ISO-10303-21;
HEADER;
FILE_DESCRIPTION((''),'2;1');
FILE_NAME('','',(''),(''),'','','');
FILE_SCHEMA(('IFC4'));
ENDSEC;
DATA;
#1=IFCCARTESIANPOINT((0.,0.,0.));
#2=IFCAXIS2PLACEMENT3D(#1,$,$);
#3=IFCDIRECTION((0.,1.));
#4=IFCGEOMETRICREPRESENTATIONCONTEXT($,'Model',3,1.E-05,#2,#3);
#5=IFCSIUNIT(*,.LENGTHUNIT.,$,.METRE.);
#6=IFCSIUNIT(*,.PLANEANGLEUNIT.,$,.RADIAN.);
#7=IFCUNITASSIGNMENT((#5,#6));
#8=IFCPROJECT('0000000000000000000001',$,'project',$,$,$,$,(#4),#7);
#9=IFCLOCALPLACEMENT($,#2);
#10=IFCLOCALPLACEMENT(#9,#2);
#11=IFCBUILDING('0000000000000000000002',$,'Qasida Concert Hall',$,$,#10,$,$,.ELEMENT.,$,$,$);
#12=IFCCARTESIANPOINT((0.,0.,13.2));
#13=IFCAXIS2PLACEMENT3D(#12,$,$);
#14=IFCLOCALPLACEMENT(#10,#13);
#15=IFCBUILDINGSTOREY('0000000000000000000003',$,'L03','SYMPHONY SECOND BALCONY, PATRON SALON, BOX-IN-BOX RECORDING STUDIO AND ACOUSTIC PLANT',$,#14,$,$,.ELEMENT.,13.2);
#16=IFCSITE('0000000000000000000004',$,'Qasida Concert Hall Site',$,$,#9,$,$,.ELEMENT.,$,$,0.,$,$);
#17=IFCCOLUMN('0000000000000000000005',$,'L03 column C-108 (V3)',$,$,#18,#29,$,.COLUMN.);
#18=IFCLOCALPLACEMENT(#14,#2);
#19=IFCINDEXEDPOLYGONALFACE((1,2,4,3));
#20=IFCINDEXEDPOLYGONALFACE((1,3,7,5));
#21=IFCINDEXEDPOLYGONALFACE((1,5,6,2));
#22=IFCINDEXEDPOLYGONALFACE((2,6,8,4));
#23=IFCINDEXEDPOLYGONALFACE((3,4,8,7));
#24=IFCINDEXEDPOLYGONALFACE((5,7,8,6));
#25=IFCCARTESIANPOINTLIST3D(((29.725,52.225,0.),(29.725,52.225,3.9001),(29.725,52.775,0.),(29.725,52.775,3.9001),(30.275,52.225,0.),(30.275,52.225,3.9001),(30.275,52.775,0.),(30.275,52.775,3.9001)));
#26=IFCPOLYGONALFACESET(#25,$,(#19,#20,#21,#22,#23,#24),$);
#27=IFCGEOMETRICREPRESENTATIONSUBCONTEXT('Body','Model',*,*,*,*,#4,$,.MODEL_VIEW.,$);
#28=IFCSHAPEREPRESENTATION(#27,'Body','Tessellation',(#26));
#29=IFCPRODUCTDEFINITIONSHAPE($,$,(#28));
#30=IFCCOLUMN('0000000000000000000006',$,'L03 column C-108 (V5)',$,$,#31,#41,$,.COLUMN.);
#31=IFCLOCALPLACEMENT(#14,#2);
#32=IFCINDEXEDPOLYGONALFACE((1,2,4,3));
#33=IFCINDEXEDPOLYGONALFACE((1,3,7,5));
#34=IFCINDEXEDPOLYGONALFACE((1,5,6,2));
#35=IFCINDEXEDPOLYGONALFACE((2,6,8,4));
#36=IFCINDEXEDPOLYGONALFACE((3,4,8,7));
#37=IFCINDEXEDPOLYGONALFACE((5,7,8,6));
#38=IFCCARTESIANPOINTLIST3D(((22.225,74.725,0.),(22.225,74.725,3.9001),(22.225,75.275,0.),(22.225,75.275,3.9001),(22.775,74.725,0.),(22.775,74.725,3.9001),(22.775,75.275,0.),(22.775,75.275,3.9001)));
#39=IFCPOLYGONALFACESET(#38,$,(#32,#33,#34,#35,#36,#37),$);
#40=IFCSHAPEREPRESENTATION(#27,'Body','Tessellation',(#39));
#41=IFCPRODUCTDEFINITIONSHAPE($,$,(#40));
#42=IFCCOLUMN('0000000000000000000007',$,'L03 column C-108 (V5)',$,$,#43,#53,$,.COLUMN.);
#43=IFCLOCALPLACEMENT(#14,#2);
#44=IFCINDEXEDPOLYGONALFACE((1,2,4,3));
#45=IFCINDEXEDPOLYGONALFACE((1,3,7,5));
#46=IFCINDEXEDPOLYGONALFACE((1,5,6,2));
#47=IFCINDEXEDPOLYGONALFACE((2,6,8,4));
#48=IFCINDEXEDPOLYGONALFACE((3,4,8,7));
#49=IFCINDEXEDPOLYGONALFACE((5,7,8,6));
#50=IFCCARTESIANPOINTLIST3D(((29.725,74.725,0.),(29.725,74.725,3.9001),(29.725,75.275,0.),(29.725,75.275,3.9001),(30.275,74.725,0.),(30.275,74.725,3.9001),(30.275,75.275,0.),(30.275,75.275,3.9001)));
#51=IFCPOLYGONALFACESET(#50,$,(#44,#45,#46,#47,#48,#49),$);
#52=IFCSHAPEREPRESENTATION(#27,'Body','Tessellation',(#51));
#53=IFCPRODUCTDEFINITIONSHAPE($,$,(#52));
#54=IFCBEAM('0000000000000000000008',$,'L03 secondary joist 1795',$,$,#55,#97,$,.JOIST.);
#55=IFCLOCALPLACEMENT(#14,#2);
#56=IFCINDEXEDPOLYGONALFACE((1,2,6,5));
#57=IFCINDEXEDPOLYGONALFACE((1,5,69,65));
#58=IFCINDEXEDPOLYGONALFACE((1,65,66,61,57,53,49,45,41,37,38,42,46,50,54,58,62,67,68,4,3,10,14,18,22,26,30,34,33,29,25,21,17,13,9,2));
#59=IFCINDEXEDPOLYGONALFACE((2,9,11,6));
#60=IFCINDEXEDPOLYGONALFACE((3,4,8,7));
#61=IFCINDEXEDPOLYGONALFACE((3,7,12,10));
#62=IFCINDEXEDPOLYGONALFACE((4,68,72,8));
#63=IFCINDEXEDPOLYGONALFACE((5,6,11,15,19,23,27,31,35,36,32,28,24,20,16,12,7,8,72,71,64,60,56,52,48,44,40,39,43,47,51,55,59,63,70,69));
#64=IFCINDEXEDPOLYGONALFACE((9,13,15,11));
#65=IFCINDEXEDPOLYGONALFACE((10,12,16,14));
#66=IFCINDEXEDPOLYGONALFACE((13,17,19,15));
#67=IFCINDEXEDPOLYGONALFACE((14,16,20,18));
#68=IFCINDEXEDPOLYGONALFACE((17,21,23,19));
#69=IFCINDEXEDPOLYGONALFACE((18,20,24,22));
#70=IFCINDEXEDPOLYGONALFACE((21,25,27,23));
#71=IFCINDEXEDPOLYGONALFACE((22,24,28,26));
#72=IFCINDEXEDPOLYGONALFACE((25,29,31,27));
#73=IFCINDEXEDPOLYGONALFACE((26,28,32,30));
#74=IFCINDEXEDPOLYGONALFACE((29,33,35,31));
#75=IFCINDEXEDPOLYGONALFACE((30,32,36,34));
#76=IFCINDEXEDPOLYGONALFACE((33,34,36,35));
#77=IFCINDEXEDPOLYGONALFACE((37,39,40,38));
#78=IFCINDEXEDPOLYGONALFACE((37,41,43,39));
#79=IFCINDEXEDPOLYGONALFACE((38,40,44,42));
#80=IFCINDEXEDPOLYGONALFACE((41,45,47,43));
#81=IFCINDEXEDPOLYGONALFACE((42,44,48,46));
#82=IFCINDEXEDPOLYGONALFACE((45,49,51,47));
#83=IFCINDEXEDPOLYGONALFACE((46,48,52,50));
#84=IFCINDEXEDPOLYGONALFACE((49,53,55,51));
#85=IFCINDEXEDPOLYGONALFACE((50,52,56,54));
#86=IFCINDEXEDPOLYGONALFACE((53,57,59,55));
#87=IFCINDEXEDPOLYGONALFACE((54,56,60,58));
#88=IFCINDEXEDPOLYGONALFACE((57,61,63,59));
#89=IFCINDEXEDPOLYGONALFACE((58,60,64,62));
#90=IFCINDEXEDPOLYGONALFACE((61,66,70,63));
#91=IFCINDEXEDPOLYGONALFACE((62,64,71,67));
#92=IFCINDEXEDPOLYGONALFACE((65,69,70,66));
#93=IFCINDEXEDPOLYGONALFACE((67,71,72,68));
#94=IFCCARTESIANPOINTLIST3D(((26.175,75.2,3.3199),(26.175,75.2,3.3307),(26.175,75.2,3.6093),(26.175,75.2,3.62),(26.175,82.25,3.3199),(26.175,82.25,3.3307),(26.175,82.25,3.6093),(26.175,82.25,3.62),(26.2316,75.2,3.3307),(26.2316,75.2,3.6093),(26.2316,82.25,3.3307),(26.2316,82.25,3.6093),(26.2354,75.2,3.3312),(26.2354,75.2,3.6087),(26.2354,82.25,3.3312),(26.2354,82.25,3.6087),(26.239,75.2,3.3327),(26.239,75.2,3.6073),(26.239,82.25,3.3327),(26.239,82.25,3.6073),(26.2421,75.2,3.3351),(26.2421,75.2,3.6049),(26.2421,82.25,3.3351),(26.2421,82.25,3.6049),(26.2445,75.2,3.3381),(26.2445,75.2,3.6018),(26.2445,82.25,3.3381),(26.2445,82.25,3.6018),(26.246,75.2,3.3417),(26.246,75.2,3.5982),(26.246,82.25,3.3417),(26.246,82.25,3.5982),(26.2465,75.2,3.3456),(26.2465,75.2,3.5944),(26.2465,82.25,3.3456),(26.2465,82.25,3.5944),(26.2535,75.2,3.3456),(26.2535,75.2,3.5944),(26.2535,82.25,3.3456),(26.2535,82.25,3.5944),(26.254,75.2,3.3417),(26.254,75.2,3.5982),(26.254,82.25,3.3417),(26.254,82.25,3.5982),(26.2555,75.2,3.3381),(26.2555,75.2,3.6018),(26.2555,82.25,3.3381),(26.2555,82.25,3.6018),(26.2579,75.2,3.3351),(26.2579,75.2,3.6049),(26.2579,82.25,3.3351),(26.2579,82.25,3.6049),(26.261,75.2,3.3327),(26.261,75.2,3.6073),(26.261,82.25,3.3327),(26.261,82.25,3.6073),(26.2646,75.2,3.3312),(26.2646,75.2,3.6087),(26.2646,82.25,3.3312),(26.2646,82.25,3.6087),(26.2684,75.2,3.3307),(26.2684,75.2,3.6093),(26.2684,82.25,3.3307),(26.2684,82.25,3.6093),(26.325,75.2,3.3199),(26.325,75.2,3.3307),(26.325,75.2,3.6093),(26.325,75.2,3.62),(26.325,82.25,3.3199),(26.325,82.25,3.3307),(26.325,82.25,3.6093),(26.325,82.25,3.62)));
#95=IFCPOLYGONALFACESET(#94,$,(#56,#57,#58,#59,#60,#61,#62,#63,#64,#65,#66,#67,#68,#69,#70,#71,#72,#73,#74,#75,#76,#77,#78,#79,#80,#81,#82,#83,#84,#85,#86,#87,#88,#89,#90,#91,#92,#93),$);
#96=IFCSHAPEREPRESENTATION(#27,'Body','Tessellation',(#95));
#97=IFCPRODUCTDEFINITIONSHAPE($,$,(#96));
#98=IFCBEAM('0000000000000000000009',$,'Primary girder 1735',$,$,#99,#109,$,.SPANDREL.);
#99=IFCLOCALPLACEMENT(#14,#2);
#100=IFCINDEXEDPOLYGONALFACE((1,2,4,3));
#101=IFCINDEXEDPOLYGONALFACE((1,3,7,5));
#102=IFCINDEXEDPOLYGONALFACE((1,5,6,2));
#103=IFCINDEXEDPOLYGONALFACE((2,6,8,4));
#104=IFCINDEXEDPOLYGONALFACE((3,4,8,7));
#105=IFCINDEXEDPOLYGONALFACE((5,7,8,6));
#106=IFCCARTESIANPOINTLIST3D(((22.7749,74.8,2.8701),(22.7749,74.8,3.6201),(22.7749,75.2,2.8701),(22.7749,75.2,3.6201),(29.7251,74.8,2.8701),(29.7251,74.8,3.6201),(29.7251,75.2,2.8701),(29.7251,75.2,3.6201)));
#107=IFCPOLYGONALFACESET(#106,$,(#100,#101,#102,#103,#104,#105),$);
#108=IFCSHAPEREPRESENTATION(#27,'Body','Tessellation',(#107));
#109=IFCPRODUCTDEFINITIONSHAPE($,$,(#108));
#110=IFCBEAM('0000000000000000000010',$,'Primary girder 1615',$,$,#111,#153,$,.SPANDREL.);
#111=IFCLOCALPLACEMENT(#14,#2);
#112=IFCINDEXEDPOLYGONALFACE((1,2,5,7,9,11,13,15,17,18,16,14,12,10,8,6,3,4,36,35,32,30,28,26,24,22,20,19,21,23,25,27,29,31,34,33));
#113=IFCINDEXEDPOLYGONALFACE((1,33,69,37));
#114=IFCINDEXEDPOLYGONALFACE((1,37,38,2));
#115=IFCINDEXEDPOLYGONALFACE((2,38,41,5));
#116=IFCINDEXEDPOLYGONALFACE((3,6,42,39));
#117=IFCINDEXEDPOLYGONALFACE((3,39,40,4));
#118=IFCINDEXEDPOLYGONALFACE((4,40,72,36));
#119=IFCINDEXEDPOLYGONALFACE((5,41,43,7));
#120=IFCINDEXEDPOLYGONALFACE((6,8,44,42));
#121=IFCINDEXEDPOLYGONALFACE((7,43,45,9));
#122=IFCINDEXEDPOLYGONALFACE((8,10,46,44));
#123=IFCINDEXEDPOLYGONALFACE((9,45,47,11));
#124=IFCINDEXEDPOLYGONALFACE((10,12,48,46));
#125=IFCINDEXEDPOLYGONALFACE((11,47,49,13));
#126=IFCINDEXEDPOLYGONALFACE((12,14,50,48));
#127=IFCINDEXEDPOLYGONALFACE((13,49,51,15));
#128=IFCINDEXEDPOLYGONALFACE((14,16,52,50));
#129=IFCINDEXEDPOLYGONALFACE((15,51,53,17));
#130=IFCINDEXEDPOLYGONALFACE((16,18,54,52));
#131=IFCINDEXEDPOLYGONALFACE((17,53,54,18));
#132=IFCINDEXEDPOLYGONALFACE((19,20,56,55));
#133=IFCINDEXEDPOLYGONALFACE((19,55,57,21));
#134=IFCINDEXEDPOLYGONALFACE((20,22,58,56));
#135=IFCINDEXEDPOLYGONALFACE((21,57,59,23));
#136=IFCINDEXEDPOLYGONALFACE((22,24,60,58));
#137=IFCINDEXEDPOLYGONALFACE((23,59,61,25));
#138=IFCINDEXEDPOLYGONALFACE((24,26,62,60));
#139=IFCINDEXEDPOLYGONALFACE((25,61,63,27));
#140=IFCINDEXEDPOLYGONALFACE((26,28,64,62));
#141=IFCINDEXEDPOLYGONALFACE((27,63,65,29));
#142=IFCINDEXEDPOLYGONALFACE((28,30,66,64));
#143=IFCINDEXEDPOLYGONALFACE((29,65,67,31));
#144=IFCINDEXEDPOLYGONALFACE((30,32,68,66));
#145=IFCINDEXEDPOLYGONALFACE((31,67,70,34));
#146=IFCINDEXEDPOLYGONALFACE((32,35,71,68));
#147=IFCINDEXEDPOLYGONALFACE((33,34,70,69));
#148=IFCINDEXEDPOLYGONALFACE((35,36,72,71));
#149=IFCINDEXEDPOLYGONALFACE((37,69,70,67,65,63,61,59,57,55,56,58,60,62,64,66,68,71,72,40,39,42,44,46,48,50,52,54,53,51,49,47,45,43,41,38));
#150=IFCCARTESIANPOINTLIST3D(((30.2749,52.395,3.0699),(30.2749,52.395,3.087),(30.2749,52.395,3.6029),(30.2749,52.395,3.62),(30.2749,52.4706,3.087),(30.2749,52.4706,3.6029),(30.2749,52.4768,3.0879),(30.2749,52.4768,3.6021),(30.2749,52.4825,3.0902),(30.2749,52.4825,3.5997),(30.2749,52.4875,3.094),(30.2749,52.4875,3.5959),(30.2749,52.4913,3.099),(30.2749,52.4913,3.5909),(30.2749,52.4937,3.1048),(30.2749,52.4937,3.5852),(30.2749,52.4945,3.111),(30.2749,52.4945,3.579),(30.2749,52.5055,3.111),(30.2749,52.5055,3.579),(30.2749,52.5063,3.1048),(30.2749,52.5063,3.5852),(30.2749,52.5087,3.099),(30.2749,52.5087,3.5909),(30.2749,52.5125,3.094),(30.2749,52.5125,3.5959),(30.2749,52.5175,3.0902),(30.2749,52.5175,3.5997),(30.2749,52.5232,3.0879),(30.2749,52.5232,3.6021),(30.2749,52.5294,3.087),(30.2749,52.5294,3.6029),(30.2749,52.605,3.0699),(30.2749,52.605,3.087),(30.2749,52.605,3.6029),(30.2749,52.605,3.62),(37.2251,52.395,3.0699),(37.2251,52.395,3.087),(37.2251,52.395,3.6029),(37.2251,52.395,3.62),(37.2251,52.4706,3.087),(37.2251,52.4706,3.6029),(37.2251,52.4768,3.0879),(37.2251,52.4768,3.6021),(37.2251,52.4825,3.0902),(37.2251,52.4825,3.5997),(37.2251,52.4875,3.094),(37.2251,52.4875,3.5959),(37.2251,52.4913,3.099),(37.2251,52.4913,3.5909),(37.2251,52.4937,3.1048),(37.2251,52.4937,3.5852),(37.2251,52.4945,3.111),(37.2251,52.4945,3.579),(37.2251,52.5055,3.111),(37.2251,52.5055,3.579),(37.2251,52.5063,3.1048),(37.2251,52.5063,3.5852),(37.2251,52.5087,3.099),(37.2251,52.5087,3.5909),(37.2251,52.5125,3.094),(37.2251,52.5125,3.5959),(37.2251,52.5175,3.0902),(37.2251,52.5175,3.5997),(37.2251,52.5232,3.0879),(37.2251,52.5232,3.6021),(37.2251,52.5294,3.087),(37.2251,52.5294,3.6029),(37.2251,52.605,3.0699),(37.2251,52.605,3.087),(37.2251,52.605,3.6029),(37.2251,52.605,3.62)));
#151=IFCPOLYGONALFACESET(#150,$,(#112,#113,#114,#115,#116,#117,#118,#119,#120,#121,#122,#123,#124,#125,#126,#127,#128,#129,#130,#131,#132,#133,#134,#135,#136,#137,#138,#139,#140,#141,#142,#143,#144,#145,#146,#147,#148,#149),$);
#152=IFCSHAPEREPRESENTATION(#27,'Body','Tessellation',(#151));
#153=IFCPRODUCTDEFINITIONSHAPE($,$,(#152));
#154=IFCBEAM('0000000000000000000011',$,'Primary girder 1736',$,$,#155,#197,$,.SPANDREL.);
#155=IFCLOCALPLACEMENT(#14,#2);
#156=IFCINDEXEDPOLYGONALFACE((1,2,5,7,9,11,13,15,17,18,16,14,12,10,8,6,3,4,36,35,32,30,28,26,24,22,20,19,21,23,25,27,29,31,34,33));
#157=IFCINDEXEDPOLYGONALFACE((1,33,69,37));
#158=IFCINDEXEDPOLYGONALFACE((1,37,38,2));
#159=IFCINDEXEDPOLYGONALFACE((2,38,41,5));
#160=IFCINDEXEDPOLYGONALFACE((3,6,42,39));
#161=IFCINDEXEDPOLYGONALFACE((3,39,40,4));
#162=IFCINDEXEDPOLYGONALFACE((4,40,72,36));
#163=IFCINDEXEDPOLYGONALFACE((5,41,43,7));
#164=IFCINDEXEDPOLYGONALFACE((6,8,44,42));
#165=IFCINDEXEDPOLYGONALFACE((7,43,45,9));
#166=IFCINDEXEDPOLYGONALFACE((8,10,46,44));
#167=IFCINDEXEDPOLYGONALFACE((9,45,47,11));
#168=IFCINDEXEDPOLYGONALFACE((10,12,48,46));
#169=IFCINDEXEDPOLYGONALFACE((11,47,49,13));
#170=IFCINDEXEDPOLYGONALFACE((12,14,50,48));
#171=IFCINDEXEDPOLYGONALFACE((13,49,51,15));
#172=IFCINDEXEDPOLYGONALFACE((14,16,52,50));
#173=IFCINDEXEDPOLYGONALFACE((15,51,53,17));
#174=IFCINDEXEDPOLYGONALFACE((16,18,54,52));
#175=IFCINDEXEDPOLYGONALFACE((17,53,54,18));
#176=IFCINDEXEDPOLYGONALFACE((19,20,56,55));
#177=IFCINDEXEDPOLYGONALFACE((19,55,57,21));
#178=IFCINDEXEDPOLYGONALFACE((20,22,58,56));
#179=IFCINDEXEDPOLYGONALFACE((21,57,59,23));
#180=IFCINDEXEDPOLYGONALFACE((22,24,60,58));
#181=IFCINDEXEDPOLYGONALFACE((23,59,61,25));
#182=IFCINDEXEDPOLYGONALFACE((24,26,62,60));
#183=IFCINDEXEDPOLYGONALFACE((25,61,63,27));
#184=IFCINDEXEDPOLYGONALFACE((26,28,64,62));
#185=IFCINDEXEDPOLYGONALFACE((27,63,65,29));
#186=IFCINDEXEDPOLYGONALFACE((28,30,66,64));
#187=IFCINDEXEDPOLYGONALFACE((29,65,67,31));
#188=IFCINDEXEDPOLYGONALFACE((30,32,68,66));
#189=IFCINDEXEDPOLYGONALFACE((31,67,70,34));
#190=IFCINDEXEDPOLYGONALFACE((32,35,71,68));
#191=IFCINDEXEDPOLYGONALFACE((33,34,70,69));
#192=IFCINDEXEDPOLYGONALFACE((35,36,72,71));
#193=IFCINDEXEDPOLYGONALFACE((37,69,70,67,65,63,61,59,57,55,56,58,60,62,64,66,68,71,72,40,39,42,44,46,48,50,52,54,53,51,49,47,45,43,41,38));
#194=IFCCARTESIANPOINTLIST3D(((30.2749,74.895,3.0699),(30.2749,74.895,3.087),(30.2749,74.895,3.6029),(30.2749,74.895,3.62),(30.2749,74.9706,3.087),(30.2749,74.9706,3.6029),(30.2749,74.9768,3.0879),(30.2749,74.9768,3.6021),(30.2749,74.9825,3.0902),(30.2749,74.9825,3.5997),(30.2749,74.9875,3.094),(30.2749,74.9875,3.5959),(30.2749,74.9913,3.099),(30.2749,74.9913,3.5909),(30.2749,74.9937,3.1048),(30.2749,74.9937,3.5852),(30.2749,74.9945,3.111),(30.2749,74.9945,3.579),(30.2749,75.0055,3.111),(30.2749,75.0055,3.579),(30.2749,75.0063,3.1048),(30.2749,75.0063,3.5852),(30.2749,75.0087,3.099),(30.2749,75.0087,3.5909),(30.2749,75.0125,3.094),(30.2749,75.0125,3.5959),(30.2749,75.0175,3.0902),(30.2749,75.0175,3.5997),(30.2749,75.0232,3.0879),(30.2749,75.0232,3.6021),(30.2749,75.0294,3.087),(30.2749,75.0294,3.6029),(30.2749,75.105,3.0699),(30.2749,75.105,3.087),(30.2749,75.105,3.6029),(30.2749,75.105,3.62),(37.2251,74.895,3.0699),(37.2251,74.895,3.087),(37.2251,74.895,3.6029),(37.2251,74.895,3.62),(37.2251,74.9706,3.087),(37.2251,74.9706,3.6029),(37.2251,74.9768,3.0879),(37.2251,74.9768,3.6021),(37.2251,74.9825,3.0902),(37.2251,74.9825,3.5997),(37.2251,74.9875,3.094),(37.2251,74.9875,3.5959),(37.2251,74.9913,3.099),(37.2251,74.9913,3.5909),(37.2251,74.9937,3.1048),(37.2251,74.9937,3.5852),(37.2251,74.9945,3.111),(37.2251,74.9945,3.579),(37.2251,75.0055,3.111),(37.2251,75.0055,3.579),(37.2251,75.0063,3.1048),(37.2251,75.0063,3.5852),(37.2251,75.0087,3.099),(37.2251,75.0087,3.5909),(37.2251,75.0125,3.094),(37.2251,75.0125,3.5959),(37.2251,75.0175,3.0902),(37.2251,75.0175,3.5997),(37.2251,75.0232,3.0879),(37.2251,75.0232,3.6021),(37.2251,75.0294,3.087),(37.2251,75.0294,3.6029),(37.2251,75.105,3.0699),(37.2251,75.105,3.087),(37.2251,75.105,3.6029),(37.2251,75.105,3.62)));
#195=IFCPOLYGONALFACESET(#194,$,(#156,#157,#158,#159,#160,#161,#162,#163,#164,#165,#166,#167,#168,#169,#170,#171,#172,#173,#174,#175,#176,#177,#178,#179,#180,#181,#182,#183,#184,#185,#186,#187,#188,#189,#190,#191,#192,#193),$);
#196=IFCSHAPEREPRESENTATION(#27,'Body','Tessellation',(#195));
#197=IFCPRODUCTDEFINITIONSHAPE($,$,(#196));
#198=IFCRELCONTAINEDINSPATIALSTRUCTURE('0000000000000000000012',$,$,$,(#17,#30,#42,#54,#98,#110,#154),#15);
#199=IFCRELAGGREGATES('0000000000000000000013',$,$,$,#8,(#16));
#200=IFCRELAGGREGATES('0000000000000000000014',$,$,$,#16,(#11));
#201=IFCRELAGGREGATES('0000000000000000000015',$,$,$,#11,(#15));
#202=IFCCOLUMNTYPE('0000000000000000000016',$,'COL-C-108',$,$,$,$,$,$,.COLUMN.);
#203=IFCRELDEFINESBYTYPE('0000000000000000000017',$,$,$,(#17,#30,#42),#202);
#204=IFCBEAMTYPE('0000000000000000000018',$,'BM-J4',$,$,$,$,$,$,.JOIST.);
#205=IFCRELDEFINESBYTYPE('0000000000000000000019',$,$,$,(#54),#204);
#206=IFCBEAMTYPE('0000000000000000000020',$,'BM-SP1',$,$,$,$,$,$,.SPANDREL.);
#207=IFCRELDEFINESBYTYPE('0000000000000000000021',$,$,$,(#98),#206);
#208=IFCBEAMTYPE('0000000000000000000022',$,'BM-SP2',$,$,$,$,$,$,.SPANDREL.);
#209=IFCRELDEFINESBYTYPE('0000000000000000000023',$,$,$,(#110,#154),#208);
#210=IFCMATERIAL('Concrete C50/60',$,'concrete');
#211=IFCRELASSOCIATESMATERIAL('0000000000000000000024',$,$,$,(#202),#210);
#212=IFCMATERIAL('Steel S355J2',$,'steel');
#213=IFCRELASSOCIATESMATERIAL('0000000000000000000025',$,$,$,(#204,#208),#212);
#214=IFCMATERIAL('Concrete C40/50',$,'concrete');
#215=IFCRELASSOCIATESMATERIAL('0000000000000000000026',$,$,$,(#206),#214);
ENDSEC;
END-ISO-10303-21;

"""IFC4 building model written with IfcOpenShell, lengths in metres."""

from ifc_helpers import new_model, si_unit, direction, frame, origin, origin_2d, place, context, subcontext, project, spatial, rectangle, i_section, extrude, material, material_profile, profile_set, type_object, element, save


model = new_model("IFC4")

# Units and contexts
model_context = context("Model", 3, precision=1e-05, world=origin(), true_north=direction((0.0, 1.0)))
body_context = subcontext(model_context, "Body", "Model", "MODEL_VIEW")
ifc_project = project(units=[si_unit("LENGTHUNIT", "METRE"), si_unit("PLANEANGLEUNIT", "RADIAN")], contexts=[model_context])

# Site, building, storey
site_placement = place(None, origin())
site = spatial("IfcSite", under=ifc_project, at=site_placement, Name="Qasida Concert Hall Site", CompositionType="ELEMENT", RefElevation=0.0)
building_placement = place(site_placement, origin())
building = spatial("IfcBuilding", under=site, at=building_placement, Name="Qasida Concert Hall", CompositionType="ELEMENT")
storey_placement = place(building_placement, frame((0.0, 0.0, 13.2)))
storey = spatial("IfcBuildingStorey", under=building, at=storey_placement, Name="L03", Description="SYMPHONY SECOND BALCONY, PATRON SALON, BOX-IN-BOX RECORDING STUDIO AND ACOUSTIC PLANT", CompositionType="ELEMENT", Elevation=13.2)

# Columns
ifc_material_1 = material(Name="Concrete C50/60", Category="concrete")
ifc_material_profile_1 = material_profile(ifc_material_1, rectangle(XDim=0.55, YDim=0.55, at=origin_2d()), Name="RC 550x550")
ifc_profile_set_1 = profile_set([ifc_material_profile_1], Name="Concrete C50/60")
column_type = type_object("IfcColumnType", Name="COL-C-108", PredefinedType="COLUMN", material=ifc_profile_set_1)
for number, where, z_axis, x_axis, name in (
    (1, (30.0, 52.5, 0.0), (0.0, 0.0, 1.0), (1.0, 0.0, 0.0), "L03 column C-108 (V3)"),
    (2, (22.5, 75.0, 0.0), (0.0, 0.0, 1.0), (1.0, 0.0, 0.0), "L03 column C-108 (V5)"),
    (3, (30.0, 75.0, 0.0), (0.0, 0.0, 1.0), (1.0, 0.0, 0.0), "L03 column C-108 (V5)"),
):
    element("IfcColumn", number, at=place(storey_placement, frame(where, z_axis=z_axis, x_axis=x_axis)), inside=storey, type_object=column_type, Name=name, PredefinedType="COLUMN", context=body_context, shape_type="SweptSolid", body=[
        extrude(rectangle(XDim=0.55, YDim=0.55, at=origin_2d()), origin(), (0.0, 0.0, 1.0), 3.9001),
    ])

# Beams
ifc_material_2 = material(Name="Steel S355J2", Category="steel")
ifc_material_profile_2 = material_profile(ifc_material_2, i_section(OverallWidth=0.1499, OverallDepth=0.3, WebThickness=0.0071, FlangeThickness=0.0107, FilletRadius=0.0149, at=origin_2d()), Name="IPE 300")
ifc_profile_set_2 = profile_set([ifc_material_profile_2], Name="Steel S355J2")
beam_type_1 = type_object("IfcBeamType", Name="BM-J4", PredefinedType="JOIST", material=ifc_profile_set_2)
beam_1_placement = place(storey_placement, frame((26.25, 75.2, 3.47), z_axis=(0.0, 1.0, 0.0), x_axis=(-1.0, 0.0, 0.0)))
element("IfcBeam", 4, at=beam_1_placement, inside=storey, type_object=beam_type_1, Name="L03 secondary joist 1795", PredefinedType="JOIST", context=body_context, shape_type="SweptSolid", body=[
    extrude(i_section(OverallWidth=0.1499, OverallDepth=0.3, WebThickness=0.0071, FlangeThickness=0.0107, FilletRadius=0.0149, at=origin_2d()), origin(), (0.0, 0.0, 1.0), 7.05),
])
ifc_material_3 = material(Name="Concrete C40/50", Category="concrete")
ifc_material_profile_3 = material_profile(ifc_material_3, rectangle(XDim=0.3999, YDim=0.75, at=origin_2d()), Name="RC 400x750")
ifc_profile_set_3 = profile_set([ifc_material_profile_3], Name="Concrete C40/50")
beam_type_2 = type_object("IfcBeamType", Name="BM-SP1", PredefinedType="SPANDREL", material=ifc_profile_set_3)
beam_2_placement = place(storey_placement, frame((22.7749, 75.0, 3.2451), z_axis=(1.0, 0.0, 0.0), x_axis=(0.0, 1.0, 0.0)))
element("IfcBeam", 5, at=beam_2_placement, inside=storey, type_object=beam_type_2, Name="Primary girder 1735", PredefinedType="SPANDREL", context=body_context, shape_type="SweptSolid", body=[
    extrude(rectangle(XDim=0.3999, YDim=0.75, at=origin_2d()), origin(), (0.0, 0.0, 1.0), 6.9502),
])
ifc_material_profile_4 = material_profile(ifc_material_2, i_section(OverallWidth=0.21, OverallDepth=0.55, WebThickness=0.011, FlangeThickness=0.0171, FilletRadius=0.0239, at=origin_2d()), Name="IPE 550")
ifc_profile_set_4 = profile_set([ifc_material_profile_4], Name="Steel S355J2")
beam_type_3 = type_object("IfcBeamType", Name="BM-SP2", PredefinedType="SPANDREL", material=ifc_profile_set_4)
for number, where, z_axis, x_axis, name in (
    (6, (30.2749, 52.5, 3.345), (1.0, 0.0, 0.0), (0.0, 1.0, 0.0), "Primary girder 1615"),
    (7, (30.2749, 75.0, 3.345), (1.0, 0.0, 0.0), (0.0, 1.0, 0.0), "Primary girder 1736"),
):
    element("IfcBeam", number, at=place(storey_placement, frame(where, z_axis=z_axis, x_axis=x_axis)), inside=storey, type_object=beam_type_3, Name=name, PredefinedType="SPANDREL", context=body_context, shape_type="SweptSolid", body=[
        extrude(i_section(OverallWidth=0.21, OverallDepth=0.55, WebThickness=0.011, FlangeThickness=0.0171, FilletRadius=0.0239, at=origin_2d()), origin(), (0.0, 0.0, 1.0), 6.9502),
    ])

save(model, "model.ifc")
